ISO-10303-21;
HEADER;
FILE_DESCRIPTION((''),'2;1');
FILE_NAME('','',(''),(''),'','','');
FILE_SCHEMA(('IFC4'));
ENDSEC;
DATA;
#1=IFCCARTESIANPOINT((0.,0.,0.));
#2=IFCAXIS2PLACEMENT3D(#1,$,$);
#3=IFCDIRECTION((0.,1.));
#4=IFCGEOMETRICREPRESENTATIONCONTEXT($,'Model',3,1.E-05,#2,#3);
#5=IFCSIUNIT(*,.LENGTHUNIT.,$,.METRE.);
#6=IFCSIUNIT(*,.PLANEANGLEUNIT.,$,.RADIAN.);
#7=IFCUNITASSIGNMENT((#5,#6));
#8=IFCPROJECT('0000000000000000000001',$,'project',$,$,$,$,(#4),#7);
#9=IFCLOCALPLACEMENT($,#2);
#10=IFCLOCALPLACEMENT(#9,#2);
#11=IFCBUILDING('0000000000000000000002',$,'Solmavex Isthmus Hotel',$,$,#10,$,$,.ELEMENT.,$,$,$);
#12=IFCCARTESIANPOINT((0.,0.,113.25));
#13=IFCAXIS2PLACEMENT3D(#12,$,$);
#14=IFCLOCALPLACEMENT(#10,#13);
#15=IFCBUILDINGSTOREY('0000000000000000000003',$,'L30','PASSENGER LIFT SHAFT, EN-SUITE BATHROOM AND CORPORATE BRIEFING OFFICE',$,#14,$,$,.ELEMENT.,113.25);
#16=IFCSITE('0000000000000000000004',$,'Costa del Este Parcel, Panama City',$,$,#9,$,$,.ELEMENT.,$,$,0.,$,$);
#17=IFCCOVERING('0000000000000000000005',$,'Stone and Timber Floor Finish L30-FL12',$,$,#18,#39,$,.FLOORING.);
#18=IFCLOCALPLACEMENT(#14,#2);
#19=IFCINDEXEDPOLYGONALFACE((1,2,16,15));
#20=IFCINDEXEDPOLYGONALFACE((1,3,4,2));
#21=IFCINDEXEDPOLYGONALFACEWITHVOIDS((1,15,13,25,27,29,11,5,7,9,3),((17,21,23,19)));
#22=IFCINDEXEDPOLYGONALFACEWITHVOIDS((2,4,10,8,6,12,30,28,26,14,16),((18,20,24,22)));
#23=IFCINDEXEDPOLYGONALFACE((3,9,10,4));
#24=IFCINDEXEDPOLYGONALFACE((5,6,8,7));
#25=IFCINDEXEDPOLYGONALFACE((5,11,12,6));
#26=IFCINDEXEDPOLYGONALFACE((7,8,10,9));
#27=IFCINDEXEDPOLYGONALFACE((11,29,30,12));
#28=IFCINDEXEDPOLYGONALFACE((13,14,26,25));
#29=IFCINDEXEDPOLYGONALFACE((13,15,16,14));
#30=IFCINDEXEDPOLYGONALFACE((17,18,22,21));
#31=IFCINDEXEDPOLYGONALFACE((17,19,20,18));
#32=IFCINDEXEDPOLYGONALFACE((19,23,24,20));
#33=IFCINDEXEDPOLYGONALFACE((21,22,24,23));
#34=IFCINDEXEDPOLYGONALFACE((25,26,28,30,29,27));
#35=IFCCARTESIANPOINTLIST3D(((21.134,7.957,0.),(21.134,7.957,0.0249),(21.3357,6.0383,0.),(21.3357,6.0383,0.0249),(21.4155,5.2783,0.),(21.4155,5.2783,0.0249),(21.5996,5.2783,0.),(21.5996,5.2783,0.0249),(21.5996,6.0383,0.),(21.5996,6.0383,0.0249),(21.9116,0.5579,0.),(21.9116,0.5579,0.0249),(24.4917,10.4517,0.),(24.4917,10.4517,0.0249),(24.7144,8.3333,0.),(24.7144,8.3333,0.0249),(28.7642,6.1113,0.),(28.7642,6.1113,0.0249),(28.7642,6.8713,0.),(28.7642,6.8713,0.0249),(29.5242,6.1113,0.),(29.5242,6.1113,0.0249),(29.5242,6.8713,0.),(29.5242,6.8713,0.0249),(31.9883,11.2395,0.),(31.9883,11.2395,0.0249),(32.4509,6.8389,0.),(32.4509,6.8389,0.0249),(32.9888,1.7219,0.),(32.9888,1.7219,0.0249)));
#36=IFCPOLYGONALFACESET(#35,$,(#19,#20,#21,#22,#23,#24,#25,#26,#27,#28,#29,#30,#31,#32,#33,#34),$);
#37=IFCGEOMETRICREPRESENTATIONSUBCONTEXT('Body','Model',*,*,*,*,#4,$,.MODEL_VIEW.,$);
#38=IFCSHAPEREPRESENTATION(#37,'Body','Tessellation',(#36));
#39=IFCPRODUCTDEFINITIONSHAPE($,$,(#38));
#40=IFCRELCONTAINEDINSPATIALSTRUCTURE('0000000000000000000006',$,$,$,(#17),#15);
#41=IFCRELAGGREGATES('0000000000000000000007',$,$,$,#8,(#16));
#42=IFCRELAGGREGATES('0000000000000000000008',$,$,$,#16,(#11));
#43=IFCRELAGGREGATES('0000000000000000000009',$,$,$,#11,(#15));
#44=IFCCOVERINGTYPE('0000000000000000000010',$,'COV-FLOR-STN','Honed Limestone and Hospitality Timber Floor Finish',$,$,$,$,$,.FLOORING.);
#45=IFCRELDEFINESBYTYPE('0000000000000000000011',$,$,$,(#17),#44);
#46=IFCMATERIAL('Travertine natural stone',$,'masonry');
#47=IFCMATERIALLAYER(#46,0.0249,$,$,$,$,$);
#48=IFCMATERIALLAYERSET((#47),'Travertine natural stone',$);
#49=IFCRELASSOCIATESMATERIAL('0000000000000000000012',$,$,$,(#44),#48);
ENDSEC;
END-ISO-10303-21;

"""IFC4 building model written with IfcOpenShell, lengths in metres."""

from ifc_helpers import new_model, si_unit, direction, frame, origin, place, context, subcontext, project, spatial, polyline, outline, extrude, material, layer, layer_set, type_object, element, save


model = new_model("IFC4")

# Units and contexts
model_context = context("Model", 3, precision=1e-05, world=origin(), true_north=direction((0.0, 1.0)))
body_context = subcontext(model_context, "Body", "Model", "MODEL_VIEW")
ifc_project = project(units=[si_unit("LENGTHUNIT", "METRE"), si_unit("PLANEANGLEUNIT", "RADIAN")], contexts=[model_context])

# Site, building, storey
site_placement = place(None, origin())
site = spatial("IfcSite", under=ifc_project, at=site_placement, Name="Costa del Este Parcel, Panama City", CompositionType="ELEMENT", RefElevation=0.0)
building_placement = place(site_placement, origin())
building = spatial("IfcBuilding", under=site, at=building_placement, Name="Solmavex Isthmus Hotel", CompositionType="ELEMENT")
storey_placement = place(building_placement, frame((0.0, 0.0, 113.25)))
storey = spatial("IfcBuildingStorey", under=building, at=storey_placement, Name="L30", Description="PASSENGER LIFT SHAFT, EN-SUITE BATHROOM AND CORPORATE BRIEFING OFFICE", CompositionType="ELEMENT", Elevation=113.25)

# Covering
ifc_material_1 = material(Name="Travertine natural stone", Category="masonry")
ifc_layer_1 = layer(ifc_material_1, 0.0249)
ifc_layer_set_1 = layer_set([ifc_layer_1], Name="Travertine natural stone")
covering_type_1 = type_object("IfcCoveringType", Name="COV-FLOR-STN", Description="Honed Limestone and Hospitality Timber Floor Finish", PredefinedType="FLOORING", material=ifc_layer_set_1)
covering_1_placement = place(storey_placement, origin())
element("IfcCovering", 1, at=covering_1_placement, inside=storey, type_object=covering_type_1, Name="Stone and Timber Floor Finish L30-FL12", PredefinedType="FLOORING", context=body_context, shape_type="SweptSolid", body=[
    extrude(outline(polyline([(21.3357, 6.0383), (21.5996, 6.0383), (21.5996, 5.2783), (21.4155, 5.2783), (21.9116, 0.5579), (32.9888, 1.7219), (32.4509, 6.8389), (31.9883, 11.2395), (24.4917, 10.4517), (24.7144, 8.3333), (21.134, 7.957), (21.3357, 6.0383)]), holes=[polyline([(28.7642, 6.1113), (28.7642, 6.8713), (29.5242, 6.8713), (29.5242, 6.1113), (28.7642, 6.1113)])]), origin(), (0.0, 0.0, 1.0), 0.0249),
])

save(model, "model.ifc")
